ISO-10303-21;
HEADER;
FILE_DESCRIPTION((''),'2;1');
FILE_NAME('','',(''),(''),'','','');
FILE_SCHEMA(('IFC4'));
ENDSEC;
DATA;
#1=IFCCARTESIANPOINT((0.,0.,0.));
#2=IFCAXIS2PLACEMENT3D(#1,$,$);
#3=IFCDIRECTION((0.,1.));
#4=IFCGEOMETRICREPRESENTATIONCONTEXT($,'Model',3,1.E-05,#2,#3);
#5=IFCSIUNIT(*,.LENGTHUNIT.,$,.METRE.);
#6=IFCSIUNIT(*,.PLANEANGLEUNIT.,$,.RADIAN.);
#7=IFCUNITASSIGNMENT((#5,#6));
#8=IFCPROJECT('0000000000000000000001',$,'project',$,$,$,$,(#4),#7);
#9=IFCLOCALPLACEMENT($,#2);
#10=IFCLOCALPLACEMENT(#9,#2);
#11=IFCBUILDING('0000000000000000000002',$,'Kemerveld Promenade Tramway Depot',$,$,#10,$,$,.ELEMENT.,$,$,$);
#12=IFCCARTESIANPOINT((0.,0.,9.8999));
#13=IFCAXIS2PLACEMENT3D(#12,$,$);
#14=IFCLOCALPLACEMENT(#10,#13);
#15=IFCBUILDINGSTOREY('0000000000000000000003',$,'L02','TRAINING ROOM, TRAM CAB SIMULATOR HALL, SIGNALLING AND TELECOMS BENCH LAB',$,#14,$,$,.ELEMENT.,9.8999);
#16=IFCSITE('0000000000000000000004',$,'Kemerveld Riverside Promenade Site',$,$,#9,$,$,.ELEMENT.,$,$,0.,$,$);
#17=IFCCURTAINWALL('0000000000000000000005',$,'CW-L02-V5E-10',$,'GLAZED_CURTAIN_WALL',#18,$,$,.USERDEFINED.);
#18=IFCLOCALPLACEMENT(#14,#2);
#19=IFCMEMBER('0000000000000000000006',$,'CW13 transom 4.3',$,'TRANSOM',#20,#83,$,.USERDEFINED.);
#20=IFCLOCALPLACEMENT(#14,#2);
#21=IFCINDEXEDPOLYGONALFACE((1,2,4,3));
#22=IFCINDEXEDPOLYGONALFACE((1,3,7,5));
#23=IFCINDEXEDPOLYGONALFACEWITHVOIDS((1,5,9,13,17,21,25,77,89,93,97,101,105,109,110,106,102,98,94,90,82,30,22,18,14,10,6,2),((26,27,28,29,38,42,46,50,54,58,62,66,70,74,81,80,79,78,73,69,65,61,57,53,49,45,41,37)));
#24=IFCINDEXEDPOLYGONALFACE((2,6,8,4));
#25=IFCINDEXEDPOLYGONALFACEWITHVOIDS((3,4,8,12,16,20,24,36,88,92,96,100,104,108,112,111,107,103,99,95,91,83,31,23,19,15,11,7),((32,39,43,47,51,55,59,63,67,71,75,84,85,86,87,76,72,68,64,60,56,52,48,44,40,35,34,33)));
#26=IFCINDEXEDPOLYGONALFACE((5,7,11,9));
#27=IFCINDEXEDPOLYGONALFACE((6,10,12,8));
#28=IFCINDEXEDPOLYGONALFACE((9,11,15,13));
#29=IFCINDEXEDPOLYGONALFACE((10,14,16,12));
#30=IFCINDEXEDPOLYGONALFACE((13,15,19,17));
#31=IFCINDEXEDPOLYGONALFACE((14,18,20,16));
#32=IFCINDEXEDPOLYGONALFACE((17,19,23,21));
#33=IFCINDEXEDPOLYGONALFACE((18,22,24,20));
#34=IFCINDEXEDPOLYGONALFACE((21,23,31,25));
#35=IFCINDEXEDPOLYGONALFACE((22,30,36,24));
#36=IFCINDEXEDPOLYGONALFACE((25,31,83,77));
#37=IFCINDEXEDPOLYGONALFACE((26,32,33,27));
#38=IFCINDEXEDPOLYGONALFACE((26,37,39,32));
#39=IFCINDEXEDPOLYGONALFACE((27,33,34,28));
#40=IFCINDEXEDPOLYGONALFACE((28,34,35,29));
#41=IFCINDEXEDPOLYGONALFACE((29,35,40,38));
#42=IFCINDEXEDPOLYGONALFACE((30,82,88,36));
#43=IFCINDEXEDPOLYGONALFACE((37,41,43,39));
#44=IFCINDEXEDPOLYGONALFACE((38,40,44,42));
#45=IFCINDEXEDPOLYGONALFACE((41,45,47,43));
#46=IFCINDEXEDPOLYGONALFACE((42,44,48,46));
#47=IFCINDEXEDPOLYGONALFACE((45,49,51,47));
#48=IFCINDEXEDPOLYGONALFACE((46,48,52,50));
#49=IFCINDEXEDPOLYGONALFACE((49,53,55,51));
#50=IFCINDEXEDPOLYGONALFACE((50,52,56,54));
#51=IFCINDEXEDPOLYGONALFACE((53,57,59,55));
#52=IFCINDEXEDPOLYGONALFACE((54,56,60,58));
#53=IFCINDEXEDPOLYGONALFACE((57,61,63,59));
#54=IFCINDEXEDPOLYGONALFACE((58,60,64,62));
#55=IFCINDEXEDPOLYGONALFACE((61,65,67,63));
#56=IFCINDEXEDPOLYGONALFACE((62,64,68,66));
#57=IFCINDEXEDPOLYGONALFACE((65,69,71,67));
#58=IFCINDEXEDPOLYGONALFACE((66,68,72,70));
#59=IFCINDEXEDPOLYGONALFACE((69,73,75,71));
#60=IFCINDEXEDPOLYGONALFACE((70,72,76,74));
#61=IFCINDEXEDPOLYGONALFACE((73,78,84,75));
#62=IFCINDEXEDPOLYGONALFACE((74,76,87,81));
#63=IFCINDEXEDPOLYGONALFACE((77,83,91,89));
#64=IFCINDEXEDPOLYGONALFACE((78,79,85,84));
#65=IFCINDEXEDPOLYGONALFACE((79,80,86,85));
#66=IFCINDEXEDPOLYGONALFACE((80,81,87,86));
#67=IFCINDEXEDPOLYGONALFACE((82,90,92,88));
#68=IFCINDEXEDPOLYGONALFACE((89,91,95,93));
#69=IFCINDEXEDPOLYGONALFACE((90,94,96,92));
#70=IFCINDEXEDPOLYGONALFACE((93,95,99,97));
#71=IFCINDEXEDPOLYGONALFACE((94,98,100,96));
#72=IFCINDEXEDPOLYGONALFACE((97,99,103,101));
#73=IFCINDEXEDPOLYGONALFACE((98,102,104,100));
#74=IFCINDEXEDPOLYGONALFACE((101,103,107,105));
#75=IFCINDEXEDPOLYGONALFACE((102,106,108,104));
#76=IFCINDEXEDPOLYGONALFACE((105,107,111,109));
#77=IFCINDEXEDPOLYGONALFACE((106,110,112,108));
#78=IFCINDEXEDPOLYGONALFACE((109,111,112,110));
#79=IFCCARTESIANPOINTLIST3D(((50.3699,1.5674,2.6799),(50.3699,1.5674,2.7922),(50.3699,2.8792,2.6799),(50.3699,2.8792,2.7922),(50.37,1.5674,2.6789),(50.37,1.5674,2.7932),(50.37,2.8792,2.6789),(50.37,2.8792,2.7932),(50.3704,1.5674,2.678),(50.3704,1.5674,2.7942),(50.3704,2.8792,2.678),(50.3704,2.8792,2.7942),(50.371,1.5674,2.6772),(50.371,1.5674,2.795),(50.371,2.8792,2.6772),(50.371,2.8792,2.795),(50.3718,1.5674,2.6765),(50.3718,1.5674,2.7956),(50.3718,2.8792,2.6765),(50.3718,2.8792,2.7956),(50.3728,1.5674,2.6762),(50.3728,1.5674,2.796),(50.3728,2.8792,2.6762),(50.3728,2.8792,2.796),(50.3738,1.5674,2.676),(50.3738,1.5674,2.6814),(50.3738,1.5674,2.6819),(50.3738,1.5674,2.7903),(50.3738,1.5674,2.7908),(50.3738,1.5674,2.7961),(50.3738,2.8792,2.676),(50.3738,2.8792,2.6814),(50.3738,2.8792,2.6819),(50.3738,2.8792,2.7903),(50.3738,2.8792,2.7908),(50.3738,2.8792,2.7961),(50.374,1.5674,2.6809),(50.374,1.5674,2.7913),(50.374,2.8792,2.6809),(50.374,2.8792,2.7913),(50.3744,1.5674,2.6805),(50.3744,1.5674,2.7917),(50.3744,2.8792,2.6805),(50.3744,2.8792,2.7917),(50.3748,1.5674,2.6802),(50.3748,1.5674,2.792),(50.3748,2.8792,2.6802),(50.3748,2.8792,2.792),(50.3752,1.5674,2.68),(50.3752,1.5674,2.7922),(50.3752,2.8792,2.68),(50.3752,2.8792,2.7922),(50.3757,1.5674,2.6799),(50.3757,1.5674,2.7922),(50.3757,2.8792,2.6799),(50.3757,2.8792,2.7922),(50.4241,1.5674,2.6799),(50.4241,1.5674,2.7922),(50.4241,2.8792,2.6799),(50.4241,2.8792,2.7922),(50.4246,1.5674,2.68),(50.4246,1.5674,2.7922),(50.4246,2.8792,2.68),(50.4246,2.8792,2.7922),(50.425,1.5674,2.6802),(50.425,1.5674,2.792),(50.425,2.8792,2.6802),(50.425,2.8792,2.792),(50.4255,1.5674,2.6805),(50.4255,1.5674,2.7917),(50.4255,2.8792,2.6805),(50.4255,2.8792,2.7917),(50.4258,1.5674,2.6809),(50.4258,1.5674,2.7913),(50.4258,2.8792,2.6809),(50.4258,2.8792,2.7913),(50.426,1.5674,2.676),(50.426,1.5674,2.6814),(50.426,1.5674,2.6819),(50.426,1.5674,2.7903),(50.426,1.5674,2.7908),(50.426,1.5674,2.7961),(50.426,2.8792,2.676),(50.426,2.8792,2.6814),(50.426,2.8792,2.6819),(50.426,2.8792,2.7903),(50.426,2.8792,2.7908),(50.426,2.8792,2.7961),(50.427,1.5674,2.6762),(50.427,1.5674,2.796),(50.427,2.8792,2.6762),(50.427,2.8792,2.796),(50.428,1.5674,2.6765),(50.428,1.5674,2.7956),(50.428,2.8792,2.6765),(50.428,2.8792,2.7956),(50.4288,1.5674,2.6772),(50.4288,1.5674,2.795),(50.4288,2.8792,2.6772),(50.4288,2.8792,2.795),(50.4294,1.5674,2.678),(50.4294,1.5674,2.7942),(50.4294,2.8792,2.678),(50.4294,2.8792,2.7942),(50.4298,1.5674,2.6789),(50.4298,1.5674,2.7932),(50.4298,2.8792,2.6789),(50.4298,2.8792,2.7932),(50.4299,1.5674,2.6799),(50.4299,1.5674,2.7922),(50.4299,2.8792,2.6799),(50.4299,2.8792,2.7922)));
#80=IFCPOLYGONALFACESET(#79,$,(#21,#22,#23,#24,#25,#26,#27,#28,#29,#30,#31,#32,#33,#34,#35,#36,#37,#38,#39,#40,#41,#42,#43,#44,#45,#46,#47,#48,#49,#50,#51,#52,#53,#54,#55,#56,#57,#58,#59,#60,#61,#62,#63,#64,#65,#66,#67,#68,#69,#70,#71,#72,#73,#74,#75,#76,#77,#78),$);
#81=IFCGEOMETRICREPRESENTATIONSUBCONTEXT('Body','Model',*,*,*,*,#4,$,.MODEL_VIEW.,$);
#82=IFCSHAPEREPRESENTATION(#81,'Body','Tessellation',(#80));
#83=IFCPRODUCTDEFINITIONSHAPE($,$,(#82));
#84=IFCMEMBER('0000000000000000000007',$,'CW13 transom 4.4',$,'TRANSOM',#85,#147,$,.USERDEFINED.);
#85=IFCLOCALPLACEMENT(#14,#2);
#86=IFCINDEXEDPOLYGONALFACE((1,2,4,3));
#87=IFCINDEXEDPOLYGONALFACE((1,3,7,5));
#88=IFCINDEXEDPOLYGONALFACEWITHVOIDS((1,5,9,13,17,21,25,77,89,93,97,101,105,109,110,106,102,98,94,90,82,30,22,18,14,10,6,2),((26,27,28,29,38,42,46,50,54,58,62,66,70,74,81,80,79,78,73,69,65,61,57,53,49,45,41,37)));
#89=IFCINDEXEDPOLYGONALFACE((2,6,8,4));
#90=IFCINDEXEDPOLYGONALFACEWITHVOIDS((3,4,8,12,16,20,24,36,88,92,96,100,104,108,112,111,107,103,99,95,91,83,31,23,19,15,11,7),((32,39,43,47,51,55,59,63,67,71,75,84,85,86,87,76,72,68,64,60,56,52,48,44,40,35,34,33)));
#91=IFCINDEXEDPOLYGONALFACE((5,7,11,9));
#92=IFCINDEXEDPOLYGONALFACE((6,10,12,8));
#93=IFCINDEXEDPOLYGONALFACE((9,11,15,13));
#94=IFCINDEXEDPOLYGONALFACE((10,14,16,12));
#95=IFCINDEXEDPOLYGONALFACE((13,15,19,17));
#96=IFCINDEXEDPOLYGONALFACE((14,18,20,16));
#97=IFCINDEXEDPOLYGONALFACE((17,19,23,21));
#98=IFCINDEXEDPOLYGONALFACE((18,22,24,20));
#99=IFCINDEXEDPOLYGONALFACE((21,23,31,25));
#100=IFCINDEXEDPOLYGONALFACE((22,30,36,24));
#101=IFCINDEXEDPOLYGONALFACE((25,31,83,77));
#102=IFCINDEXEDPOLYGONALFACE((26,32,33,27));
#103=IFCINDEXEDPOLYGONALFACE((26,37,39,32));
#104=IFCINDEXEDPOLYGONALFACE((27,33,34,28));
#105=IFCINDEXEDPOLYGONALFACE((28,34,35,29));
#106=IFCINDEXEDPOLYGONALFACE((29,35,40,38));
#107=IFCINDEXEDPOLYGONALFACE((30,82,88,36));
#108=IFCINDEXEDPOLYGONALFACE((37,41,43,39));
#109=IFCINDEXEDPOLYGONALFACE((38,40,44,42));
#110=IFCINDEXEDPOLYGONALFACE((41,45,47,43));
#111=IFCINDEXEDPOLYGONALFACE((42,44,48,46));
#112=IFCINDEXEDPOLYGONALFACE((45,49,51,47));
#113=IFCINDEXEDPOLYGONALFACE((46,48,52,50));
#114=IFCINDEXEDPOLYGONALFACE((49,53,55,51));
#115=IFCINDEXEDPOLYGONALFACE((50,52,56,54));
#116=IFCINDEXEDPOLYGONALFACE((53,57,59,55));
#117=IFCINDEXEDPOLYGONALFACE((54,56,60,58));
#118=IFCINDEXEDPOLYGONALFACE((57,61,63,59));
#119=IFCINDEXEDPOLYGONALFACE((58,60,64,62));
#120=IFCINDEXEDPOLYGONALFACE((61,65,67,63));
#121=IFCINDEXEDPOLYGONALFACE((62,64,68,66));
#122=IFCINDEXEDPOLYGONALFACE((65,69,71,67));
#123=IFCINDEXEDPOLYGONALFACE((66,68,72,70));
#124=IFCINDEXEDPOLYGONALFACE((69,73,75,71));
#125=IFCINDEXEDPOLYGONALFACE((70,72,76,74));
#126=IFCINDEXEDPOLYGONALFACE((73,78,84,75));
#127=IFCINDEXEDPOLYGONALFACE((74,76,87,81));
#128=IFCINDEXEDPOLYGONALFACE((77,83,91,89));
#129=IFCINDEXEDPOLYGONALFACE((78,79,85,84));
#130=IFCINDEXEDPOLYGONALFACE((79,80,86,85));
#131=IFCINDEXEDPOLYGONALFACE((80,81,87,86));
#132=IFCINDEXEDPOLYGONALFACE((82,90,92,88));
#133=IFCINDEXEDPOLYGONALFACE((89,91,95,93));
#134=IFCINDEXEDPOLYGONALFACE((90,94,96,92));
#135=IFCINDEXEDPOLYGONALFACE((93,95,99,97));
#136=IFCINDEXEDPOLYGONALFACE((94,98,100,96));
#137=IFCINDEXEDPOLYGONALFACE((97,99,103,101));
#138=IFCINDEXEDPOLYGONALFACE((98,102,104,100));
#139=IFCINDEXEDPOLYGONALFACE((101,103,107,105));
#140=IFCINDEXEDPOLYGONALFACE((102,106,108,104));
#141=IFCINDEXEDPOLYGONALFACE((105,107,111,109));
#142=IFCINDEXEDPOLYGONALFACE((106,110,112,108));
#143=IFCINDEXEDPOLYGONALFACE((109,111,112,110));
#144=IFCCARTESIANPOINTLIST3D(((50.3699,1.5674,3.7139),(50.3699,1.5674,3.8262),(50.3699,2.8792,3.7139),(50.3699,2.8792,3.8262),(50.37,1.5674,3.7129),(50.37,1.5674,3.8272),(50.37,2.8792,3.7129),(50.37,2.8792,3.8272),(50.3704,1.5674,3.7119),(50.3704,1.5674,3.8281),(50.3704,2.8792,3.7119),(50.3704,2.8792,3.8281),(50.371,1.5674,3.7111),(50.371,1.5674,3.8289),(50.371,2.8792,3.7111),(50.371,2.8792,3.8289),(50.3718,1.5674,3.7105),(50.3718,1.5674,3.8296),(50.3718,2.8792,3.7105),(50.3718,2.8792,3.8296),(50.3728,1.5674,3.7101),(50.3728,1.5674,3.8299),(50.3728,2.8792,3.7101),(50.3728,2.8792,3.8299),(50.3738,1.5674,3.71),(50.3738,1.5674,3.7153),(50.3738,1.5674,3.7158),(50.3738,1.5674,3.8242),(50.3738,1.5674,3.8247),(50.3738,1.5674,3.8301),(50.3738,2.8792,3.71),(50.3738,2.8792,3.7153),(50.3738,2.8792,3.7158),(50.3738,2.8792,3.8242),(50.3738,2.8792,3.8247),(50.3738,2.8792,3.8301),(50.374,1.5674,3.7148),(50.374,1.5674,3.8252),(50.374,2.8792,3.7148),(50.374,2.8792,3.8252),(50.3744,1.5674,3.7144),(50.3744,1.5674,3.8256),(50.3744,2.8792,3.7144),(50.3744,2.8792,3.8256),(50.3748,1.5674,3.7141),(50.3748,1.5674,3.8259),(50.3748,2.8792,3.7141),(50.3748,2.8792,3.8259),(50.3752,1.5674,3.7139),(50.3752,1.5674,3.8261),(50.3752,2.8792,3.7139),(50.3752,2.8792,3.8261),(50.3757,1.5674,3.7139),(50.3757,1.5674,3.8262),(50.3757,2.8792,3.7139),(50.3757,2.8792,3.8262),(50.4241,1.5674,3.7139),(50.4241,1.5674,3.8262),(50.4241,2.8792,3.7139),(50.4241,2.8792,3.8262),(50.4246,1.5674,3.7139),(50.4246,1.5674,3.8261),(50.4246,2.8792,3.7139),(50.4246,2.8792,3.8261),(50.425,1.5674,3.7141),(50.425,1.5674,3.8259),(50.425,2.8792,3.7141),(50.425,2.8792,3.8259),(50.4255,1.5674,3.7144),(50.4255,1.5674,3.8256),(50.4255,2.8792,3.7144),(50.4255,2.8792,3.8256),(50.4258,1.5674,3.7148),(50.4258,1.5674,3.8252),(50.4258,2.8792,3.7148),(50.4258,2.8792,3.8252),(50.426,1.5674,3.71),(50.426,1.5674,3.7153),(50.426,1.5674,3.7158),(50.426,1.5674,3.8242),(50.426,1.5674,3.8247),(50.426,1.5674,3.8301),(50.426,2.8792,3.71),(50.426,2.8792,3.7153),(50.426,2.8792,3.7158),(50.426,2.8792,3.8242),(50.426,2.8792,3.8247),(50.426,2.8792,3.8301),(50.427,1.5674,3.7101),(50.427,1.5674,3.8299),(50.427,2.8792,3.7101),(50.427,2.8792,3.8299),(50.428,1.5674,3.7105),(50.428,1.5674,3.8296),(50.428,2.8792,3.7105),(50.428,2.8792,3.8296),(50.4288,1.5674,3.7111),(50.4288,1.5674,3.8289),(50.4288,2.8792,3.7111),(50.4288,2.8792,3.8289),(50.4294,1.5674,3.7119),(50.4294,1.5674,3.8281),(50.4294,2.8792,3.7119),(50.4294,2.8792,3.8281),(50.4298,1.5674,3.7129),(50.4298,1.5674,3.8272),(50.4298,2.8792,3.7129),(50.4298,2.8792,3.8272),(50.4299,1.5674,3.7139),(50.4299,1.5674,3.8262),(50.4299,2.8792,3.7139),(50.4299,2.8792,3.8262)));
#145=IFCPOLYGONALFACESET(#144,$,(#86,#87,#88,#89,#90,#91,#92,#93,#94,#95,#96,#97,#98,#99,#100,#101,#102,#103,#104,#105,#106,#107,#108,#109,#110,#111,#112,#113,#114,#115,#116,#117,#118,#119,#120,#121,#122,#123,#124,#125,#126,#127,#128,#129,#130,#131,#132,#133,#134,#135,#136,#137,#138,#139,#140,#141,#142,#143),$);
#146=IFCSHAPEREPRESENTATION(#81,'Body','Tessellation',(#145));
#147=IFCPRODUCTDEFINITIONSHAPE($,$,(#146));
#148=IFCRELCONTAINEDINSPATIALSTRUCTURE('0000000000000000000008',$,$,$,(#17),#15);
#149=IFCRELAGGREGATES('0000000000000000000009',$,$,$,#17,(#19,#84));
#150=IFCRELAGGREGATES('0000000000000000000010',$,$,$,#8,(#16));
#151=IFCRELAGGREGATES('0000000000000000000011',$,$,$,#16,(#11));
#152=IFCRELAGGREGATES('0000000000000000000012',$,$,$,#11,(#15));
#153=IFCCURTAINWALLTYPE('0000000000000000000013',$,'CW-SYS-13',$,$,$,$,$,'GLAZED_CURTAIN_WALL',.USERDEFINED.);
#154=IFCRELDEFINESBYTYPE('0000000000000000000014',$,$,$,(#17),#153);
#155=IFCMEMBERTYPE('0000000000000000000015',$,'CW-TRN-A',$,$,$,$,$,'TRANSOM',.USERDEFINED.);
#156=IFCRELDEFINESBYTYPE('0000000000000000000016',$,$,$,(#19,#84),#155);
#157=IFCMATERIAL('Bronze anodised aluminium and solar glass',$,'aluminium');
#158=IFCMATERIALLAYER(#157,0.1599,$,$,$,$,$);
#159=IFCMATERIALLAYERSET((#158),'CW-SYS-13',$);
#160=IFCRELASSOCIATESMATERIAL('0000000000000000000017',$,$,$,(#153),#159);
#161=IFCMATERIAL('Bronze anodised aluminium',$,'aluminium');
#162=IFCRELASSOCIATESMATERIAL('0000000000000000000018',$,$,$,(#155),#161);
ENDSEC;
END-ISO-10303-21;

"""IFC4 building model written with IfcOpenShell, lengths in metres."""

from ifc_helpers import new_model, si_unit, direction, frame, origin, origin_2d, place, context, subcontext, project, spatial, hollow_rectangle, extrude, material, layer, layer_set, material_profile, profile_set, type_object, element, aggregate, save


model = new_model("IFC4")

# Units and contexts
model_context = context("Model", 3, precision=1e-05, world=origin(), true_north=direction((0.0, 1.0)))
body_context = subcontext(model_context, "Body", "Model", "MODEL_VIEW")
ifc_project = project(units=[si_unit("LENGTHUNIT", "METRE"), si_unit("PLANEANGLEUNIT", "RADIAN")], contexts=[model_context])

# Site, building, storey
site_placement = place(None, origin())
site = spatial("IfcSite", under=ifc_project, at=site_placement, Name="Kemerveld Riverside Promenade Site", CompositionType="ELEMENT", RefElevation=0.0)
building_placement = place(site_placement, origin())
building = spatial("IfcBuilding", under=site, at=building_placement, Name="Kemerveld Promenade Tramway Depot", CompositionType="ELEMENT")
storey_placement = place(building_placement, frame((0.0, 0.0, 9.8999)))
storey = spatial("IfcBuildingStorey", under=building, at=storey_placement, Name="L02", Description="TRAINING ROOM, TRAM CAB SIMULATOR HALL, SIGNALLING AND TELECOMS BENCH LAB", CompositionType="ELEMENT", Elevation=9.8999)

# Curtain wall, members
ifc_material_1 = material(Name="Bronze anodised aluminium and solar glass", Category="aluminium")
ifc_layer_1 = layer(ifc_material_1, 0.1599)
ifc_layer_set_1 = layer_set([ifc_layer_1], Name="CW-SYS-13")
curtain_wall_type = type_object("IfcCurtainWallType", Name="CW-SYS-13", ElementType="GLAZED_CURTAIN_WALL", PredefinedType="USERDEFINED", material=ifc_layer_set_1)
curtain_wall_placement = place(storey_placement, origin())
curtain_wall = element("IfcCurtainWall", 1, at=curtain_wall_placement, inside=storey, type_object=curtain_wall_type, Name="CW-L02-V5E-10", ObjectType="GLAZED_CURTAIN_WALL", PredefinedType="USERDEFINED")
ifc_material_2 = material(Name="Bronze anodised aluminium", Category="aluminium")
ifc_material_profile_1 = material_profile(ifc_material_2, hollow_rectangle(XDim=0.0601, YDim=0.1201, WallThickness=0.0039, InnerFilletRadius=0.002, OuterFilletRadius=0.0039, at=origin_2d()), Name="CW-TRN-120x60")
ifc_profile_set_1 = profile_set([ifc_material_profile_1], Name="Bronze anodised aluminium")
member_type_1 = type_object("IfcMemberType", Name="CW-TRN-A", ElementType="TRANSOM", PredefinedType="USERDEFINED", material=ifc_profile_set_1)
member_1_placement = place(storey_placement, frame((50.3999, 2.8792, 2.7361), z_axis=(0.0, -1.0, 0.0), x_axis=(1.0, 0.0, 0.0)))
member_1 = element("IfcMember", 2, at=member_1_placement, type_object=member_type_1, Name="CW13 transom 4.3", ObjectType="TRANSOM", PredefinedType="USERDEFINED", context=body_context, shape_type="SweptSolid", body=[
    extrude(hollow_rectangle(XDim=0.0601, YDim=0.1201, WallThickness=0.0039, InnerFilletRadius=0.002, OuterFilletRadius=0.0039, at=origin_2d()), origin(), (0.0, 0.0, 1.0), 1.3118),
])
member_2_placement = place(storey_placement, frame((50.3999, 2.8792, 3.77), z_axis=(0.0, -1.0, 0.0), x_axis=(1.0, 0.0, 0.0)))
member_2 = element("IfcMember", 3, at=member_2_placement, type_object=member_type_1, Name="CW13 transom 4.4", ObjectType="TRANSOM", PredefinedType="USERDEFINED", context=body_context, shape_type="SweptSolid", body=[
    extrude(hollow_rectangle(XDim=0.0601, YDim=0.1201, WallThickness=0.0039, InnerFilletRadius=0.002, OuterFilletRadius=0.0039, at=origin_2d()), origin(), (0.0, 0.0, 1.0), 1.3118),
])
aggregate(curtain_wall, [member_1, member_2])

save(model, "model.ifc")
